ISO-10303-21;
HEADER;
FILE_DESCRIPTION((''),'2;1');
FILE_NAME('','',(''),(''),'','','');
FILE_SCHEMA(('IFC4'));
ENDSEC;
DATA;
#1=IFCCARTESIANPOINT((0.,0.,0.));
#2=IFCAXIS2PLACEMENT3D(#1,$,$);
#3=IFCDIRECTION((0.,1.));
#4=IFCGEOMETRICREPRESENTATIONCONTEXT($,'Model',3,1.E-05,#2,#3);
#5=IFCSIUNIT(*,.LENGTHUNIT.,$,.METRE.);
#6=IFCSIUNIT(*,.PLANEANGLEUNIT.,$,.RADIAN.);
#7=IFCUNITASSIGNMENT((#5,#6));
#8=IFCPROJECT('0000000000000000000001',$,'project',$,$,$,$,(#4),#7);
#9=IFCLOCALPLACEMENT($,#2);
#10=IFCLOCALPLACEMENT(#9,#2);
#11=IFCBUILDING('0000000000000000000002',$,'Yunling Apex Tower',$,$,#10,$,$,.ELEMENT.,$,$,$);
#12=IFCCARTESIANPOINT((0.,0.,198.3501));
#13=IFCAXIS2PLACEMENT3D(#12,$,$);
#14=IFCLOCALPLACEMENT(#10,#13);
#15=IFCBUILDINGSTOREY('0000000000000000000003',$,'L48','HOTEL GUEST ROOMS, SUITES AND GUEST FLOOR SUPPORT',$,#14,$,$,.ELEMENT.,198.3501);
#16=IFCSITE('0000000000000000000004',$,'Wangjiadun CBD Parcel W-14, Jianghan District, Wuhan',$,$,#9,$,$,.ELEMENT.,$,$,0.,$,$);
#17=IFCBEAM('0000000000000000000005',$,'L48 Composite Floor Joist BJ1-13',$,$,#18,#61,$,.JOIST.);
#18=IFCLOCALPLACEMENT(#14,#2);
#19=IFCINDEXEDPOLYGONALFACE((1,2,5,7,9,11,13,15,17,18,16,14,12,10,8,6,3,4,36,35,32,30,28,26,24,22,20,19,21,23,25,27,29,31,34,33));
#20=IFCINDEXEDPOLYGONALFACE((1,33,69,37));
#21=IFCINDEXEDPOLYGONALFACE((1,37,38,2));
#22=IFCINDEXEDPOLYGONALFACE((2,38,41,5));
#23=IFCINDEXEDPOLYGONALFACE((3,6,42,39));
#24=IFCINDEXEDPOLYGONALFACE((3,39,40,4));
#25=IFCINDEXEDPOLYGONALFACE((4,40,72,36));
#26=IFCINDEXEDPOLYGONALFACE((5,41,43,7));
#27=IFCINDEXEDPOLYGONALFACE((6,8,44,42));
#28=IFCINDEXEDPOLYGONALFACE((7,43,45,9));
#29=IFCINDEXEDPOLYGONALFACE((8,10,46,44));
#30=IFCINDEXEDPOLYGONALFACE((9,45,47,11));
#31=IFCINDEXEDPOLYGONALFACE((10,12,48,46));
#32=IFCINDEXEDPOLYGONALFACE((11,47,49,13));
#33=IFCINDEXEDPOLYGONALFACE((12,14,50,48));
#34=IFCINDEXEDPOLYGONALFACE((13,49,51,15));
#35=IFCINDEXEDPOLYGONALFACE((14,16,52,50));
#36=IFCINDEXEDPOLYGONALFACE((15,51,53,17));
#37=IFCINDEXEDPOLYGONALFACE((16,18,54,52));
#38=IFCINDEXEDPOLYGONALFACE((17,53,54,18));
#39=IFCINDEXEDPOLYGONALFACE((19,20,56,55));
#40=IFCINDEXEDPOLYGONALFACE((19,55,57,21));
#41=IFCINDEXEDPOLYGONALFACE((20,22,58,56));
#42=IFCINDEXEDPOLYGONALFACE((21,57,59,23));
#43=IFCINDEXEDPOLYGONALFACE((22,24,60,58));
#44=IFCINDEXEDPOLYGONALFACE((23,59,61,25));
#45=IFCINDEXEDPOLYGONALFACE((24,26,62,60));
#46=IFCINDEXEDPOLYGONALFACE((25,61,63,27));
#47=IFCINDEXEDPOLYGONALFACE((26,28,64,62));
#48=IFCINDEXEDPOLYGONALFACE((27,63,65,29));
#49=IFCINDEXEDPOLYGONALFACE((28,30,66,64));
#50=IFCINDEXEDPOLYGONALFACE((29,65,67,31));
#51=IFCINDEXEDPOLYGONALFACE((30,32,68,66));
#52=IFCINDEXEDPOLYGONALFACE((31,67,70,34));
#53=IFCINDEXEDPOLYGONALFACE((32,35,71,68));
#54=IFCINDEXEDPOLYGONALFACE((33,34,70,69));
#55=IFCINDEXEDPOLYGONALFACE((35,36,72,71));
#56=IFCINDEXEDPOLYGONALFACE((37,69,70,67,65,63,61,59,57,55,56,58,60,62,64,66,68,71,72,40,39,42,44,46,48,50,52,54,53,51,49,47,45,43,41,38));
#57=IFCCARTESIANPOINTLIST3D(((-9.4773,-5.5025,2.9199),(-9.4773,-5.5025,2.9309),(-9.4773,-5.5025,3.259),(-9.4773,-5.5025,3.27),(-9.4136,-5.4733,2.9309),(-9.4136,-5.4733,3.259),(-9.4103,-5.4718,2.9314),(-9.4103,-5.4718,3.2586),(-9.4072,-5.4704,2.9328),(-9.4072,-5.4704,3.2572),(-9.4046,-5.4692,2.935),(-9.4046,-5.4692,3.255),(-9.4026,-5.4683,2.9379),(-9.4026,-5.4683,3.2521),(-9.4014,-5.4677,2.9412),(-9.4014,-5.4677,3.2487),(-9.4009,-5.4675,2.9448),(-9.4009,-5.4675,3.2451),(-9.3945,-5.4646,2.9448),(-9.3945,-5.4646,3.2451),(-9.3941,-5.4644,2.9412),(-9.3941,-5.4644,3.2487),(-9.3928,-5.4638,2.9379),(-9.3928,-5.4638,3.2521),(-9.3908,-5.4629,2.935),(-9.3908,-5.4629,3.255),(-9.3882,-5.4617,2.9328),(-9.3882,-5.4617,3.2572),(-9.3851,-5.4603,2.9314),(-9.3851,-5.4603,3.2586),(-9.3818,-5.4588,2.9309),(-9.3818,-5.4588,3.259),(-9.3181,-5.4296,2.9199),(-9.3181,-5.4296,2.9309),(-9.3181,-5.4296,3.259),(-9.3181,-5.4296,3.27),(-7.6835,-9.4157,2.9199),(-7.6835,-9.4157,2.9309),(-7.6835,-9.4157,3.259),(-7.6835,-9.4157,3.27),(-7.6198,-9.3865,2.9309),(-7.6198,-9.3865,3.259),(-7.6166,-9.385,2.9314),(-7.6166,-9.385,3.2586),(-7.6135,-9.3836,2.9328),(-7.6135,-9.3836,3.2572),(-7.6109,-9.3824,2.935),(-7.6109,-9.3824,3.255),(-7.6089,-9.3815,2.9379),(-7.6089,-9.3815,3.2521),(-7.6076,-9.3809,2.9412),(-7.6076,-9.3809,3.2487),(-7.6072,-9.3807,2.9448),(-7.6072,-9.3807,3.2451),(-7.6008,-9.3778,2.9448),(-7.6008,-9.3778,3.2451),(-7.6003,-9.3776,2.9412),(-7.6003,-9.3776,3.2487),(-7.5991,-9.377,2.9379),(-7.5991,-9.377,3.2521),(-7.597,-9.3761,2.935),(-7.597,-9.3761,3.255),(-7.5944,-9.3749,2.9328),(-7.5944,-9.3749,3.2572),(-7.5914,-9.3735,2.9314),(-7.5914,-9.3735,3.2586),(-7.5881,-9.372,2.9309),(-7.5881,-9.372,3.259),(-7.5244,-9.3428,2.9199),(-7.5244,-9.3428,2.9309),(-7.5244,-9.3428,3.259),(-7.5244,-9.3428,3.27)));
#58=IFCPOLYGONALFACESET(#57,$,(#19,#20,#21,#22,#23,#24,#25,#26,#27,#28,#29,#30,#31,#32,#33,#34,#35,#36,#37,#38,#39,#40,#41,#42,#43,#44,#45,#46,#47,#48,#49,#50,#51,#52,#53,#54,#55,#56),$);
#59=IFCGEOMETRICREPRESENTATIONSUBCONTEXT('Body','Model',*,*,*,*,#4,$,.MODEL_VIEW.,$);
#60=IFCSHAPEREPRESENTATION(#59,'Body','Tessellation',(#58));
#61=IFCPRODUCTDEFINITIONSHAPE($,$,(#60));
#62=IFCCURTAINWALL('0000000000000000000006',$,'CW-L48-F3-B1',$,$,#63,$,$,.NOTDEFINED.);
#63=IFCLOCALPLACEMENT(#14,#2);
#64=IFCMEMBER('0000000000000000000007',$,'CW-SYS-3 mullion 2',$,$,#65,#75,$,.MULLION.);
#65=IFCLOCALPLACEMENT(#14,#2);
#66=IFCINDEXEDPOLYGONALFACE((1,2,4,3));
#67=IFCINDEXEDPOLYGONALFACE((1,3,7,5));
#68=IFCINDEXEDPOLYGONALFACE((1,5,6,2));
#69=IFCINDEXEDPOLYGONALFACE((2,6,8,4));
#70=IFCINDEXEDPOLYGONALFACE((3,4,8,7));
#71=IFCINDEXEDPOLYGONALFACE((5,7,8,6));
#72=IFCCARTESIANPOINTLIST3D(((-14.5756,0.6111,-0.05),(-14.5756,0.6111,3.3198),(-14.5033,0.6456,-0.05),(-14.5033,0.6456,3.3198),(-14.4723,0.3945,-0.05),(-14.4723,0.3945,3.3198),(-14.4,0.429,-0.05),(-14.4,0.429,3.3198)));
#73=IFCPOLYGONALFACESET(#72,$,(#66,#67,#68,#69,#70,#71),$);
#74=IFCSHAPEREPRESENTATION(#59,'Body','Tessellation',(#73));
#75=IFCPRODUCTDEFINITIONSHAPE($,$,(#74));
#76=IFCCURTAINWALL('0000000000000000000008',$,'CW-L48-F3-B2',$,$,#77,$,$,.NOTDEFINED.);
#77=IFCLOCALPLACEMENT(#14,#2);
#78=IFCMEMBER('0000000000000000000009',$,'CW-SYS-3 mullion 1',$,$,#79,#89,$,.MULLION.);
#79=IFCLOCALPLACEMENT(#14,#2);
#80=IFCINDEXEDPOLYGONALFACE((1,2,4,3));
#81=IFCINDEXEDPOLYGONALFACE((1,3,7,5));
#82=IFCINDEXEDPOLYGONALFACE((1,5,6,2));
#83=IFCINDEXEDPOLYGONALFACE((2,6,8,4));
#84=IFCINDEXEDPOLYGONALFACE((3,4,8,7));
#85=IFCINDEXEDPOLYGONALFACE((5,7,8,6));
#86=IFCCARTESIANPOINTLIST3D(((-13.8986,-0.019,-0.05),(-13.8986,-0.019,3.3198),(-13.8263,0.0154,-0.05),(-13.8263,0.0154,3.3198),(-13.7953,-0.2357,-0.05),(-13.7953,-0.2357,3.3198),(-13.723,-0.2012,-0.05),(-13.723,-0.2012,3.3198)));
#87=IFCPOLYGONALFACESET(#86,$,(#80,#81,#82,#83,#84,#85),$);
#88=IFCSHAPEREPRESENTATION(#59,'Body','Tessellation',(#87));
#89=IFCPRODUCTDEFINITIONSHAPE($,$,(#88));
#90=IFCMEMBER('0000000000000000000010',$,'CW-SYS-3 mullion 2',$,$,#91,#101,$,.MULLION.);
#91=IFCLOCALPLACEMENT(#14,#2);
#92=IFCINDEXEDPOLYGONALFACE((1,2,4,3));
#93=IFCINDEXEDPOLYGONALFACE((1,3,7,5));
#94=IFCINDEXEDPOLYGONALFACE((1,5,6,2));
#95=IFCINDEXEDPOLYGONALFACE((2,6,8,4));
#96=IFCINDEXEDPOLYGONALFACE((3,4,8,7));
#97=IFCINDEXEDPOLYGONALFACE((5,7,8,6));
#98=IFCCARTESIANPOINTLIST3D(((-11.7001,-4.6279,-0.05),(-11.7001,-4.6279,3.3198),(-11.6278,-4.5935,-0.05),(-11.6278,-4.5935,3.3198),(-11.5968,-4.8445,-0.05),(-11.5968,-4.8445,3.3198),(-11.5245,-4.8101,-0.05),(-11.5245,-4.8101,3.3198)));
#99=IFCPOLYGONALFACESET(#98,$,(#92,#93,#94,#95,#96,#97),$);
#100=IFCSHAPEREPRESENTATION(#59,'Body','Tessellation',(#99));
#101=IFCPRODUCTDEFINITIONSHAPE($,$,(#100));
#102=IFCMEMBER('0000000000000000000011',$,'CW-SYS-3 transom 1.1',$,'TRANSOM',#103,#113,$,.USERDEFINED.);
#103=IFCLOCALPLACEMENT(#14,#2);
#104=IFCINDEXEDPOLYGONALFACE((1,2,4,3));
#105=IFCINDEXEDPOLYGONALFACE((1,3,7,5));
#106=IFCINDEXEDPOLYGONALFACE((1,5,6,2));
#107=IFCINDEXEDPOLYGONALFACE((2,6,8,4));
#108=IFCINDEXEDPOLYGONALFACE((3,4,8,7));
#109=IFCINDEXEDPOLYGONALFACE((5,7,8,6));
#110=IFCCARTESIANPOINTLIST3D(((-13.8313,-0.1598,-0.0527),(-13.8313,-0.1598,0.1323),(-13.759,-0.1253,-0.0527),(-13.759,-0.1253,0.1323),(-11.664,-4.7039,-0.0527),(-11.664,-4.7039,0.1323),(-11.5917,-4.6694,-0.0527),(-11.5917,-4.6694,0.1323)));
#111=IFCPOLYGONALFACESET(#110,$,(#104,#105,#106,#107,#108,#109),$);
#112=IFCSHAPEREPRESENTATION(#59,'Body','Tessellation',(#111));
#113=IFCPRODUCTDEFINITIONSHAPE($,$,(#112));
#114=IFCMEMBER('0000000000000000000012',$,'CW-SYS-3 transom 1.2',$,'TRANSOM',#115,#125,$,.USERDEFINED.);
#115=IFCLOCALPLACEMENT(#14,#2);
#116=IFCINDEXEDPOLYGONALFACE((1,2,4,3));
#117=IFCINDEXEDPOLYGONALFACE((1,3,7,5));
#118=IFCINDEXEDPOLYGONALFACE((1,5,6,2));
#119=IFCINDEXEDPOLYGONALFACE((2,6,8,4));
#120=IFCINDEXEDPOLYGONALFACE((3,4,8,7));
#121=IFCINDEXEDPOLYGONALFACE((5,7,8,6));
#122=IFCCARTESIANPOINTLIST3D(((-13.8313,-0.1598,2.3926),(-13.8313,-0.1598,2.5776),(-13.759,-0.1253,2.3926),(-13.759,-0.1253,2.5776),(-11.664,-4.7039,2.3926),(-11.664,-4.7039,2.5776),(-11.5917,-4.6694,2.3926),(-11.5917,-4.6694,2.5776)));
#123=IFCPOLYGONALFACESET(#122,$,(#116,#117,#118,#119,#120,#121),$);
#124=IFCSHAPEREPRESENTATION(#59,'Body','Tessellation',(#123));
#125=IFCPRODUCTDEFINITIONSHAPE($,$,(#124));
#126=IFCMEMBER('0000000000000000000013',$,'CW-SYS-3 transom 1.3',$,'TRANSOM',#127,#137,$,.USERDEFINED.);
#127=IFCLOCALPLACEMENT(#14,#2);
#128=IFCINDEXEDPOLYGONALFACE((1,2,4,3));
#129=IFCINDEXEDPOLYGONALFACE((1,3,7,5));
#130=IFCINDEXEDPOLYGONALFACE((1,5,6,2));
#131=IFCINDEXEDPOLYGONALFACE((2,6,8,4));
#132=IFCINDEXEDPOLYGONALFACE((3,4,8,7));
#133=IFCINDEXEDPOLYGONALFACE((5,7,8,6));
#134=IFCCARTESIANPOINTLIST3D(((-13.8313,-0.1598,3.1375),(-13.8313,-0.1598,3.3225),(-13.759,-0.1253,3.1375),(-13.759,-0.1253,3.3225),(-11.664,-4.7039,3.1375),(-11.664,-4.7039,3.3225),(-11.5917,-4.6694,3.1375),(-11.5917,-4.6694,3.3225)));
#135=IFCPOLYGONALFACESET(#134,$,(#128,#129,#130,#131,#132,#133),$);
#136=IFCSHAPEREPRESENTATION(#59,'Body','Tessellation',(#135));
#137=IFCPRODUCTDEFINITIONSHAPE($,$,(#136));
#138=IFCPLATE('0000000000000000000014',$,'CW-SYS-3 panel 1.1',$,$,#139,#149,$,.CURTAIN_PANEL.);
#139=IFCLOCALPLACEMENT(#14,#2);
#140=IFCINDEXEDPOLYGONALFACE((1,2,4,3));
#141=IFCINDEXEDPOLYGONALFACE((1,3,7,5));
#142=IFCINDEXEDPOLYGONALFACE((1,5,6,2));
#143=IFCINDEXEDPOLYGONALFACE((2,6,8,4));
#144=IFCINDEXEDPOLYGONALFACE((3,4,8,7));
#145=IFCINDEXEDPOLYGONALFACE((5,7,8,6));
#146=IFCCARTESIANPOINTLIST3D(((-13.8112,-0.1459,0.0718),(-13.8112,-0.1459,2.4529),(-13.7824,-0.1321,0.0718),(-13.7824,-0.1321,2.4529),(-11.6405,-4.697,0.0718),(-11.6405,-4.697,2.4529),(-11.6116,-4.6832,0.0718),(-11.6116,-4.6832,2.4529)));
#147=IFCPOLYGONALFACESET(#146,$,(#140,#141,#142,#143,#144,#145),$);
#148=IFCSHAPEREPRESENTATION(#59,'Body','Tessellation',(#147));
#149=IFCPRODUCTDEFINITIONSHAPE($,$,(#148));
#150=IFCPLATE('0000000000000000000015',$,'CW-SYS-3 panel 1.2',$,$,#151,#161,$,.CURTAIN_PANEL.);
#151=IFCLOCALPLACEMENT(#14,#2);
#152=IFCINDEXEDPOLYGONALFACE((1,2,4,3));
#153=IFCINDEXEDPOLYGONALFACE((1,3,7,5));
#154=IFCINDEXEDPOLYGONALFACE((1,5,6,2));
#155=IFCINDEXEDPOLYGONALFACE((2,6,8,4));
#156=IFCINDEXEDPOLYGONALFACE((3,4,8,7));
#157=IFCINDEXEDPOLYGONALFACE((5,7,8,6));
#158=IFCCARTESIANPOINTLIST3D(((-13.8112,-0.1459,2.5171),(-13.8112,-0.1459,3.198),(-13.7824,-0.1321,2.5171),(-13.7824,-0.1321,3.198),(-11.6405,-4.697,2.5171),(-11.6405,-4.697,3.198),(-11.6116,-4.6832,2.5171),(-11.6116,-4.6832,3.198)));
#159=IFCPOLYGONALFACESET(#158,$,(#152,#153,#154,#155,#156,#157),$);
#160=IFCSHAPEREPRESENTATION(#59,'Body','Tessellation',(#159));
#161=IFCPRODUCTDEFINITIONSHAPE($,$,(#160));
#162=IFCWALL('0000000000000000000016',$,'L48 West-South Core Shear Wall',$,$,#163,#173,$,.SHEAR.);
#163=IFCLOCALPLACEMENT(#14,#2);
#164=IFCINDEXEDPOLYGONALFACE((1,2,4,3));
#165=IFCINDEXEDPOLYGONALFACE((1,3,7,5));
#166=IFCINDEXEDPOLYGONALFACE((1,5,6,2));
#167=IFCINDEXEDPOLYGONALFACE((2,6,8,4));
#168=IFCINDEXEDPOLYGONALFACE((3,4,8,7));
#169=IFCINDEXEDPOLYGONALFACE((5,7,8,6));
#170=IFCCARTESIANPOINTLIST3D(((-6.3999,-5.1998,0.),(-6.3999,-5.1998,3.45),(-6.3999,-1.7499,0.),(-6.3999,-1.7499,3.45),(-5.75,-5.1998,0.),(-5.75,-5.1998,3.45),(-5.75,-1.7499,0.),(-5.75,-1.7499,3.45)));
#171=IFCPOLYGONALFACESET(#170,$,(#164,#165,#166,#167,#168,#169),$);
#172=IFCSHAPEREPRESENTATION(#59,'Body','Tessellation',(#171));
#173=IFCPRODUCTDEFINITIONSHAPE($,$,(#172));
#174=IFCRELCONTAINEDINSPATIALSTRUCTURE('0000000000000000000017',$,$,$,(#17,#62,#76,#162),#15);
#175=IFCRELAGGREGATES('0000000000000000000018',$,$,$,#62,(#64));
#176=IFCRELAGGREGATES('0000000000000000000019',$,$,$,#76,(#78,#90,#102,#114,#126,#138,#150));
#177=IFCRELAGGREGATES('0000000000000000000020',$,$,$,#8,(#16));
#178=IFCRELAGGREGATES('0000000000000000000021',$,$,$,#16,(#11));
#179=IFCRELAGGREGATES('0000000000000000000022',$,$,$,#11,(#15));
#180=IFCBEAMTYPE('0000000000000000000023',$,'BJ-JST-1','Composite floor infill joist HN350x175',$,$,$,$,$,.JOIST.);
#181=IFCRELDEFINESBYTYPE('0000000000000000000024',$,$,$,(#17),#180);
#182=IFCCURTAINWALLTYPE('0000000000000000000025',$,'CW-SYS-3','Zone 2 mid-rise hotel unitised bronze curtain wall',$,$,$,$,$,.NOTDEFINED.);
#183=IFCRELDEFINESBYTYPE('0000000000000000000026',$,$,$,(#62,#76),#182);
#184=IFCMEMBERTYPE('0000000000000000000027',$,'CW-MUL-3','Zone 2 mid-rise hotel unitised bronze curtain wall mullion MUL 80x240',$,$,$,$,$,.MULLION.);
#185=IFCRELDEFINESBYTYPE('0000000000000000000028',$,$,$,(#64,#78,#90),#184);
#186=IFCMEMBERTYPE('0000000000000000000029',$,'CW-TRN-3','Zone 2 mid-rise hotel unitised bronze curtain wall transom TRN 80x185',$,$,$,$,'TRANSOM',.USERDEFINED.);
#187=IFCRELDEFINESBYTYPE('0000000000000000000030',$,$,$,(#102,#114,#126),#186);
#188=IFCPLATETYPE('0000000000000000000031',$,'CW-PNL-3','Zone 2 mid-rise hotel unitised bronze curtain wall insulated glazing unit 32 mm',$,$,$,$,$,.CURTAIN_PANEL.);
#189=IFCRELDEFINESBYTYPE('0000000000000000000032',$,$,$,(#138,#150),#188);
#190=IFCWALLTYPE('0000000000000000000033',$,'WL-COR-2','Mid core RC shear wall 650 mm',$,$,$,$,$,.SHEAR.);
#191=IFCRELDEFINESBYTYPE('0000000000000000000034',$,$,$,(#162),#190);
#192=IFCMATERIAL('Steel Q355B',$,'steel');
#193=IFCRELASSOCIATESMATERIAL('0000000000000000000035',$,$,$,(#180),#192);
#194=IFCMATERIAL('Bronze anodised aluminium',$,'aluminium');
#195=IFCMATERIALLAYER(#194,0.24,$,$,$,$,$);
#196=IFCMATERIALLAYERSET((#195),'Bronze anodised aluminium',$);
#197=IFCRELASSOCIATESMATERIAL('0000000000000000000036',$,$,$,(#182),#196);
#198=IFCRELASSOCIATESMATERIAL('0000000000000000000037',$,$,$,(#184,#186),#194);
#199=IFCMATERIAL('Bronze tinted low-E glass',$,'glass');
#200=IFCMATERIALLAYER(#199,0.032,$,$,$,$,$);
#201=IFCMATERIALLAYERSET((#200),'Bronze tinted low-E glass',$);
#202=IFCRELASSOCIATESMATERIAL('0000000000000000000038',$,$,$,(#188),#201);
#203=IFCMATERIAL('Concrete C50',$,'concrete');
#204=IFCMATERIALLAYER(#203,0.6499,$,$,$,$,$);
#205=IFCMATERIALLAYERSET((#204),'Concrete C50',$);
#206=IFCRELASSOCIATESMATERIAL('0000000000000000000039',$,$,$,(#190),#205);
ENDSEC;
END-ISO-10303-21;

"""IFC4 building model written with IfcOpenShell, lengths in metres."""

from ifc_helpers import new_model, si_unit, direction, frame, frame_2d, origin, origin_2d, place, context, subcontext, project, spatial, rectangle, i_section, extrude, source, transform, mapped, material, layer, layer_set, material_profile, profile_set, type_object, element, aggregate, save


model = new_model("IFC4")

# Units and contexts
model_context = context("Model", 3, precision=1e-05, world=origin(), true_north=direction((0.0, 1.0)))
body_context = subcontext(model_context, "Body", "Model", "MODEL_VIEW")
ifc_project = project(units=[si_unit("LENGTHUNIT", "METRE"), si_unit("PLANEANGLEUNIT", "RADIAN")], contexts=[model_context])

# Site, building, storey
site_placement = place(None, origin())
site = spatial("IfcSite", under=ifc_project, at=site_placement, Name="Wangjiadun CBD Parcel W-14, Jianghan District, Wuhan", CompositionType="ELEMENT", RefElevation=0.0)
building_placement = place(site_placement, origin())
building = spatial("IfcBuilding", under=site, at=building_placement, Name="Yunling Apex Tower", CompositionType="ELEMENT")
storey_placement = place(building_placement, frame((0.0, 0.0, 198.3501)))
storey = spatial("IfcBuildingStorey", under=building, at=storey_placement, Name="L48", Description="HOTEL GUEST ROOMS, SUITES AND GUEST FLOOR SUPPORT", CompositionType="ELEMENT", Elevation=198.3501)

# Beam
ifc_material_1 = material(Name="Steel Q355B", Category="steel")
ifc_material_profile_1 = material_profile(ifc_material_1, i_section(OverallWidth=0.175, OverallDepth=0.3501, WebThickness=0.0071, FlangeThickness=0.011, FilletRadius=0.0139, at=origin_2d()))
ifc_profile_set_1 = profile_set([ifc_material_profile_1], Name="Steel Q355B")
beam_type_1 = type_object("IfcBeamType", Name="BJ-JST-1", Description="Composite floor infill joist HN350x175", PredefinedType="JOIST", material=ifc_profile_set_1)
shared_shape_1 = source(origin(), body_context, "Body", "SweptSolid", [
    extrude(i_section(OverallWidth=0.175, OverallDepth=0.3501, WebThickness=0.0071, FlangeThickness=0.011, FilletRadius=0.0139, at=origin_2d()), origin(), (0.0, 0.0, 1.0), 4.3047),
])
beam_1_placement = place(storey_placement, frame((-9.3977, -5.4661, 3.095), z_axis=(0.416694, -0.909047, 0.0), x_axis=(0.909047, 0.416694, 0.0)))
element("IfcBeam", 1, at=beam_1_placement, inside=storey, type_object=beam_type_1, Name="L48 Composite Floor Joist BJ1-13", PredefinedType="JOIST", context=body_context, shape_type="MappedRepresentation", body=[
    mapped(shared_shape_1, transform((0.0, 0.0, 0.0), scale=1.0)),
])

# Curtain wall, member
ifc_material_2 = material(Name="Bronze anodised aluminium", Category="aluminium")
ifc_layer_1 = layer(ifc_material_2, 0.24)
ifc_layer_set_1 = layer_set([ifc_layer_1], Name="Bronze anodised aluminium")
curtain_wall_type = type_object("IfcCurtainWallType", Name="CW-SYS-3", Description="Zone 2 mid-rise hotel unitised bronze curtain wall", PredefinedType="NOTDEFINED", material=ifc_layer_set_1)
curtain_wall_1_placement = place(storey_placement, origin())
curtain_wall_1 = element("IfcCurtainWall", 2, at=curtain_wall_1_placement, inside=storey, type_object=curtain_wall_type, Name="CW-L48-F3-B1", PredefinedType="NOTDEFINED")
ifc_material_profile_2 = material_profile(ifc_material_2, rectangle(XDim=0.0801, YDim=0.24, at=origin_2d()))
ifc_profile_set_2 = profile_set([ifc_material_profile_2], Name="Bronze anodised aluminium")
member_type_1 = type_object("IfcMemberType", Name="CW-MUL-3", Description="Zone 2 mid-rise hotel unitised bronze curtain wall mullion MUL 80x240", PredefinedType="MULLION", material=ifc_profile_set_2)
shared_shape_2 = source(origin(), body_context, "Body", "SweptSolid", [
    extrude(rectangle(XDim=0.0801, YDim=0.24, at=origin_2d()), origin(), (0.0, 0.0, 1.0), 3.3699),
])
member_1_placement = place(storey_placement, frame((-14.4878, 0.52, -0.05), z_axis=(0.0, 0.0, 1.0), x_axis=(0.902582, 0.430518, 0.0)))
member_1 = element("IfcMember", 3, at=member_1_placement, type_object=member_type_1, Name="CW-SYS-3 mullion 2", PredefinedType="MULLION", context=body_context, shape_type="MappedRepresentation", body=[
    mapped(shared_shape_2, transform((0.0, 0.0, 0.0), scale=1.0)),
])
aggregate(curtain_wall_1, [member_1])

# Curtain wall, members, plates
curtain_wall_2_placement = place(storey_placement, origin())
curtain_wall_2 = element("IfcCurtainWall", 4, at=curtain_wall_2_placement, inside=storey, type_object=curtain_wall_type, Name="CW-L48-F3-B2", PredefinedType="NOTDEFINED")
member_2_placement = place(storey_placement, frame((-13.8108, -0.1101, -0.05), z_axis=(0.0, 0.0, 1.0), x_axis=(0.902583, 0.430516, 0.0)))
member_2 = element("IfcMember", 5, at=member_2_placement, type_object=member_type_1, Name="CW-SYS-3 mullion 1", PredefinedType="MULLION", context=body_context, shape_type="MappedRepresentation", body=[
    mapped(shared_shape_2, transform((0.0, 0.0, 0.0), scale=1.0)),
])
member_3_placement = place(storey_placement, frame((-11.6123, -4.719, -0.05), z_axis=(0.0, 0.0, 1.0), x_axis=(0.902583, 0.430516, 0.0)))
member_3 = element("IfcMember", 6, at=member_3_placement, type_object=member_type_1, Name="CW-SYS-3 mullion 2", PredefinedType="MULLION", context=body_context, shape_type="MappedRepresentation", body=[
    mapped(shared_shape_2, transform((0.0, 0.0, 0.0), scale=1.0)),
])
ifc_material_profile_3 = material_profile(ifc_material_2, rectangle(XDim=0.0801, YDim=0.1851, at=origin_2d()))
ifc_profile_set_3 = profile_set([ifc_material_profile_3], Name="Bronze anodised aluminium")
member_type_2 = type_object("IfcMemberType", Name="CW-TRN-3", Description="Zone 2 mid-rise hotel unitised bronze curtain wall transom TRN 80x185", ElementType="TRANSOM", PredefinedType="USERDEFINED", material=ifc_profile_set_3)
shared_shape_3 = source(origin(), body_context, "Body", "SweptSolid", [
    extrude(rectangle(XDim=0.0801, YDim=0.1851, at=origin_2d()), origin(), (0.0, 0.0, 1.0), 5.0344),
])
member_4_placement = place(storey_placement, frame((-13.7952, -0.1426, 0.0398), z_axis=(0.430493, -0.902594, 0.0), x_axis=(0.902594, 0.430493, 0.0)))
member_4 = element("IfcMember", 7, at=member_4_placement, type_object=member_type_2, Name="CW-SYS-3 transom 1.1", ObjectType="TRANSOM", PredefinedType="USERDEFINED", context=body_context, shape_type="MappedRepresentation", body=[
    mapped(shared_shape_3, transform((0.0, 0.0, 0.0), scale=1.0)),
])
member_5_placement = place(storey_placement, frame((-13.7952, -0.1426, 2.4851), z_axis=(0.430493, -0.902594, 0.0), x_axis=(0.902594, 0.430493, 0.0)))
member_5 = element("IfcMember", 8, at=member_5_placement, type_object=member_type_2, Name="CW-SYS-3 transom 1.2", ObjectType="TRANSOM", PredefinedType="USERDEFINED", context=body_context, shape_type="MappedRepresentation", body=[
    mapped(shared_shape_3, transform((0.0, 0.0, 0.0), scale=1.0)),
])
member_6_placement = place(storey_placement, frame((-13.7952, -0.1426, 3.23), z_axis=(0.430493, -0.902594, 0.0), x_axis=(0.902594, 0.430493, 0.0)))
member_6 = element("IfcMember", 9, at=member_6_placement, type_object=member_type_2, Name="CW-SYS-3 transom 1.3", ObjectType="TRANSOM", PredefinedType="USERDEFINED", context=body_context, shape_type="MappedRepresentation", body=[
    mapped(shared_shape_3, transform((0.0, 0.0, 0.0), scale=1.0)),
])
ifc_material_3 = material(Name="Bronze tinted low-E glass", Category="glass")
ifc_layer_2 = layer(ifc_material_3, 0.032)
ifc_layer_set_2 = layer_set([ifc_layer_2], Name="Bronze tinted low-E glass")
plate_type = type_object("IfcPlateType", Name="CW-PNL-3", Description="Zone 2 mid-rise hotel unitised bronze curtain wall insulated glazing unit 32 mm", PredefinedType="CURTAIN_PANEL", material=ifc_layer_set_2)
shared_shape_4 = source(origin(), body_context, "Body", "SweptSolid", [
    extrude(rectangle(XDim=5.0422, YDim=0.032, at=origin_2d()), origin(), (0.0, 0.0, 1.0), 2.3811),
])
plate_1_placement = place(storey_placement, frame((-12.7114, -2.4146, 0.0718), z_axis=(0.0, 0.0, 1.0), x_axis=(0.430516, -0.902583, 0.0)))
plate_1 = element("IfcPlate", 10, at=plate_1_placement, type_object=plate_type, Name="CW-SYS-3 panel 1.1", PredefinedType="CURTAIN_PANEL", context=body_context, shape_type="MappedRepresentation", body=[
    mapped(shared_shape_4, transform((0.0, 0.0, 0.0), scale=1.0)),
])
shared_shape_5 = source(origin(), body_context, "Body", "SweptSolid", [
    extrude(rectangle(XDim=5.0422, YDim=0.032, at=origin_2d()), origin(), (0.0, 0.0, 1.0), 0.6809),
])
plate_2_placement = place(storey_placement, frame((-12.7114, -2.4146, 2.5171), z_axis=(0.0, 0.0, 1.0), x_axis=(0.430516, -0.902583, 0.0)))
plate_2 = element("IfcPlate", 11, at=plate_2_placement, type_object=plate_type, Name="CW-SYS-3 panel 1.2", PredefinedType="CURTAIN_PANEL", context=body_context, shape_type="MappedRepresentation", body=[
    mapped(shared_shape_5, transform((0.0, 0.0, 0.0), scale=1.0)),
])
aggregate(curtain_wall_2, [member_2, member_3, member_4, member_5, member_6, plate_1, plate_2])

# Wall
ifc_material_4 = material(Name="Concrete C50", Category="concrete")
ifc_layer_3 = layer(ifc_material_4, 0.6499)
ifc_layer_set_3 = layer_set([ifc_layer_3], Name="Concrete C50")
wall_type_1 = type_object("IfcWallType", Name="WL-COR-2", Description="Mid core RC shear wall 650 mm", PredefinedType="SHEAR", material=ifc_layer_set_3)
wall_1_placement = place(storey_placement, frame((-6.075, -5.2, 0.0), z_axis=(0.0, 0.0, 1.0), x_axis=(0.0, 1.0, 0.0)))
element("IfcWall", 12, at=wall_1_placement, inside=storey, type_object=wall_type_1, Name="L48 West-South Core Shear Wall", PredefinedType="SHEAR", context=body_context, shape_type="SweptSolid", body=[
    extrude(rectangle(XDim=3.45, YDim=0.6499, at=frame_2d((1.7251, 0.0))), origin(), (0.0, 0.0, 1.0), 3.45),
])

save(model, "model.ifc")
